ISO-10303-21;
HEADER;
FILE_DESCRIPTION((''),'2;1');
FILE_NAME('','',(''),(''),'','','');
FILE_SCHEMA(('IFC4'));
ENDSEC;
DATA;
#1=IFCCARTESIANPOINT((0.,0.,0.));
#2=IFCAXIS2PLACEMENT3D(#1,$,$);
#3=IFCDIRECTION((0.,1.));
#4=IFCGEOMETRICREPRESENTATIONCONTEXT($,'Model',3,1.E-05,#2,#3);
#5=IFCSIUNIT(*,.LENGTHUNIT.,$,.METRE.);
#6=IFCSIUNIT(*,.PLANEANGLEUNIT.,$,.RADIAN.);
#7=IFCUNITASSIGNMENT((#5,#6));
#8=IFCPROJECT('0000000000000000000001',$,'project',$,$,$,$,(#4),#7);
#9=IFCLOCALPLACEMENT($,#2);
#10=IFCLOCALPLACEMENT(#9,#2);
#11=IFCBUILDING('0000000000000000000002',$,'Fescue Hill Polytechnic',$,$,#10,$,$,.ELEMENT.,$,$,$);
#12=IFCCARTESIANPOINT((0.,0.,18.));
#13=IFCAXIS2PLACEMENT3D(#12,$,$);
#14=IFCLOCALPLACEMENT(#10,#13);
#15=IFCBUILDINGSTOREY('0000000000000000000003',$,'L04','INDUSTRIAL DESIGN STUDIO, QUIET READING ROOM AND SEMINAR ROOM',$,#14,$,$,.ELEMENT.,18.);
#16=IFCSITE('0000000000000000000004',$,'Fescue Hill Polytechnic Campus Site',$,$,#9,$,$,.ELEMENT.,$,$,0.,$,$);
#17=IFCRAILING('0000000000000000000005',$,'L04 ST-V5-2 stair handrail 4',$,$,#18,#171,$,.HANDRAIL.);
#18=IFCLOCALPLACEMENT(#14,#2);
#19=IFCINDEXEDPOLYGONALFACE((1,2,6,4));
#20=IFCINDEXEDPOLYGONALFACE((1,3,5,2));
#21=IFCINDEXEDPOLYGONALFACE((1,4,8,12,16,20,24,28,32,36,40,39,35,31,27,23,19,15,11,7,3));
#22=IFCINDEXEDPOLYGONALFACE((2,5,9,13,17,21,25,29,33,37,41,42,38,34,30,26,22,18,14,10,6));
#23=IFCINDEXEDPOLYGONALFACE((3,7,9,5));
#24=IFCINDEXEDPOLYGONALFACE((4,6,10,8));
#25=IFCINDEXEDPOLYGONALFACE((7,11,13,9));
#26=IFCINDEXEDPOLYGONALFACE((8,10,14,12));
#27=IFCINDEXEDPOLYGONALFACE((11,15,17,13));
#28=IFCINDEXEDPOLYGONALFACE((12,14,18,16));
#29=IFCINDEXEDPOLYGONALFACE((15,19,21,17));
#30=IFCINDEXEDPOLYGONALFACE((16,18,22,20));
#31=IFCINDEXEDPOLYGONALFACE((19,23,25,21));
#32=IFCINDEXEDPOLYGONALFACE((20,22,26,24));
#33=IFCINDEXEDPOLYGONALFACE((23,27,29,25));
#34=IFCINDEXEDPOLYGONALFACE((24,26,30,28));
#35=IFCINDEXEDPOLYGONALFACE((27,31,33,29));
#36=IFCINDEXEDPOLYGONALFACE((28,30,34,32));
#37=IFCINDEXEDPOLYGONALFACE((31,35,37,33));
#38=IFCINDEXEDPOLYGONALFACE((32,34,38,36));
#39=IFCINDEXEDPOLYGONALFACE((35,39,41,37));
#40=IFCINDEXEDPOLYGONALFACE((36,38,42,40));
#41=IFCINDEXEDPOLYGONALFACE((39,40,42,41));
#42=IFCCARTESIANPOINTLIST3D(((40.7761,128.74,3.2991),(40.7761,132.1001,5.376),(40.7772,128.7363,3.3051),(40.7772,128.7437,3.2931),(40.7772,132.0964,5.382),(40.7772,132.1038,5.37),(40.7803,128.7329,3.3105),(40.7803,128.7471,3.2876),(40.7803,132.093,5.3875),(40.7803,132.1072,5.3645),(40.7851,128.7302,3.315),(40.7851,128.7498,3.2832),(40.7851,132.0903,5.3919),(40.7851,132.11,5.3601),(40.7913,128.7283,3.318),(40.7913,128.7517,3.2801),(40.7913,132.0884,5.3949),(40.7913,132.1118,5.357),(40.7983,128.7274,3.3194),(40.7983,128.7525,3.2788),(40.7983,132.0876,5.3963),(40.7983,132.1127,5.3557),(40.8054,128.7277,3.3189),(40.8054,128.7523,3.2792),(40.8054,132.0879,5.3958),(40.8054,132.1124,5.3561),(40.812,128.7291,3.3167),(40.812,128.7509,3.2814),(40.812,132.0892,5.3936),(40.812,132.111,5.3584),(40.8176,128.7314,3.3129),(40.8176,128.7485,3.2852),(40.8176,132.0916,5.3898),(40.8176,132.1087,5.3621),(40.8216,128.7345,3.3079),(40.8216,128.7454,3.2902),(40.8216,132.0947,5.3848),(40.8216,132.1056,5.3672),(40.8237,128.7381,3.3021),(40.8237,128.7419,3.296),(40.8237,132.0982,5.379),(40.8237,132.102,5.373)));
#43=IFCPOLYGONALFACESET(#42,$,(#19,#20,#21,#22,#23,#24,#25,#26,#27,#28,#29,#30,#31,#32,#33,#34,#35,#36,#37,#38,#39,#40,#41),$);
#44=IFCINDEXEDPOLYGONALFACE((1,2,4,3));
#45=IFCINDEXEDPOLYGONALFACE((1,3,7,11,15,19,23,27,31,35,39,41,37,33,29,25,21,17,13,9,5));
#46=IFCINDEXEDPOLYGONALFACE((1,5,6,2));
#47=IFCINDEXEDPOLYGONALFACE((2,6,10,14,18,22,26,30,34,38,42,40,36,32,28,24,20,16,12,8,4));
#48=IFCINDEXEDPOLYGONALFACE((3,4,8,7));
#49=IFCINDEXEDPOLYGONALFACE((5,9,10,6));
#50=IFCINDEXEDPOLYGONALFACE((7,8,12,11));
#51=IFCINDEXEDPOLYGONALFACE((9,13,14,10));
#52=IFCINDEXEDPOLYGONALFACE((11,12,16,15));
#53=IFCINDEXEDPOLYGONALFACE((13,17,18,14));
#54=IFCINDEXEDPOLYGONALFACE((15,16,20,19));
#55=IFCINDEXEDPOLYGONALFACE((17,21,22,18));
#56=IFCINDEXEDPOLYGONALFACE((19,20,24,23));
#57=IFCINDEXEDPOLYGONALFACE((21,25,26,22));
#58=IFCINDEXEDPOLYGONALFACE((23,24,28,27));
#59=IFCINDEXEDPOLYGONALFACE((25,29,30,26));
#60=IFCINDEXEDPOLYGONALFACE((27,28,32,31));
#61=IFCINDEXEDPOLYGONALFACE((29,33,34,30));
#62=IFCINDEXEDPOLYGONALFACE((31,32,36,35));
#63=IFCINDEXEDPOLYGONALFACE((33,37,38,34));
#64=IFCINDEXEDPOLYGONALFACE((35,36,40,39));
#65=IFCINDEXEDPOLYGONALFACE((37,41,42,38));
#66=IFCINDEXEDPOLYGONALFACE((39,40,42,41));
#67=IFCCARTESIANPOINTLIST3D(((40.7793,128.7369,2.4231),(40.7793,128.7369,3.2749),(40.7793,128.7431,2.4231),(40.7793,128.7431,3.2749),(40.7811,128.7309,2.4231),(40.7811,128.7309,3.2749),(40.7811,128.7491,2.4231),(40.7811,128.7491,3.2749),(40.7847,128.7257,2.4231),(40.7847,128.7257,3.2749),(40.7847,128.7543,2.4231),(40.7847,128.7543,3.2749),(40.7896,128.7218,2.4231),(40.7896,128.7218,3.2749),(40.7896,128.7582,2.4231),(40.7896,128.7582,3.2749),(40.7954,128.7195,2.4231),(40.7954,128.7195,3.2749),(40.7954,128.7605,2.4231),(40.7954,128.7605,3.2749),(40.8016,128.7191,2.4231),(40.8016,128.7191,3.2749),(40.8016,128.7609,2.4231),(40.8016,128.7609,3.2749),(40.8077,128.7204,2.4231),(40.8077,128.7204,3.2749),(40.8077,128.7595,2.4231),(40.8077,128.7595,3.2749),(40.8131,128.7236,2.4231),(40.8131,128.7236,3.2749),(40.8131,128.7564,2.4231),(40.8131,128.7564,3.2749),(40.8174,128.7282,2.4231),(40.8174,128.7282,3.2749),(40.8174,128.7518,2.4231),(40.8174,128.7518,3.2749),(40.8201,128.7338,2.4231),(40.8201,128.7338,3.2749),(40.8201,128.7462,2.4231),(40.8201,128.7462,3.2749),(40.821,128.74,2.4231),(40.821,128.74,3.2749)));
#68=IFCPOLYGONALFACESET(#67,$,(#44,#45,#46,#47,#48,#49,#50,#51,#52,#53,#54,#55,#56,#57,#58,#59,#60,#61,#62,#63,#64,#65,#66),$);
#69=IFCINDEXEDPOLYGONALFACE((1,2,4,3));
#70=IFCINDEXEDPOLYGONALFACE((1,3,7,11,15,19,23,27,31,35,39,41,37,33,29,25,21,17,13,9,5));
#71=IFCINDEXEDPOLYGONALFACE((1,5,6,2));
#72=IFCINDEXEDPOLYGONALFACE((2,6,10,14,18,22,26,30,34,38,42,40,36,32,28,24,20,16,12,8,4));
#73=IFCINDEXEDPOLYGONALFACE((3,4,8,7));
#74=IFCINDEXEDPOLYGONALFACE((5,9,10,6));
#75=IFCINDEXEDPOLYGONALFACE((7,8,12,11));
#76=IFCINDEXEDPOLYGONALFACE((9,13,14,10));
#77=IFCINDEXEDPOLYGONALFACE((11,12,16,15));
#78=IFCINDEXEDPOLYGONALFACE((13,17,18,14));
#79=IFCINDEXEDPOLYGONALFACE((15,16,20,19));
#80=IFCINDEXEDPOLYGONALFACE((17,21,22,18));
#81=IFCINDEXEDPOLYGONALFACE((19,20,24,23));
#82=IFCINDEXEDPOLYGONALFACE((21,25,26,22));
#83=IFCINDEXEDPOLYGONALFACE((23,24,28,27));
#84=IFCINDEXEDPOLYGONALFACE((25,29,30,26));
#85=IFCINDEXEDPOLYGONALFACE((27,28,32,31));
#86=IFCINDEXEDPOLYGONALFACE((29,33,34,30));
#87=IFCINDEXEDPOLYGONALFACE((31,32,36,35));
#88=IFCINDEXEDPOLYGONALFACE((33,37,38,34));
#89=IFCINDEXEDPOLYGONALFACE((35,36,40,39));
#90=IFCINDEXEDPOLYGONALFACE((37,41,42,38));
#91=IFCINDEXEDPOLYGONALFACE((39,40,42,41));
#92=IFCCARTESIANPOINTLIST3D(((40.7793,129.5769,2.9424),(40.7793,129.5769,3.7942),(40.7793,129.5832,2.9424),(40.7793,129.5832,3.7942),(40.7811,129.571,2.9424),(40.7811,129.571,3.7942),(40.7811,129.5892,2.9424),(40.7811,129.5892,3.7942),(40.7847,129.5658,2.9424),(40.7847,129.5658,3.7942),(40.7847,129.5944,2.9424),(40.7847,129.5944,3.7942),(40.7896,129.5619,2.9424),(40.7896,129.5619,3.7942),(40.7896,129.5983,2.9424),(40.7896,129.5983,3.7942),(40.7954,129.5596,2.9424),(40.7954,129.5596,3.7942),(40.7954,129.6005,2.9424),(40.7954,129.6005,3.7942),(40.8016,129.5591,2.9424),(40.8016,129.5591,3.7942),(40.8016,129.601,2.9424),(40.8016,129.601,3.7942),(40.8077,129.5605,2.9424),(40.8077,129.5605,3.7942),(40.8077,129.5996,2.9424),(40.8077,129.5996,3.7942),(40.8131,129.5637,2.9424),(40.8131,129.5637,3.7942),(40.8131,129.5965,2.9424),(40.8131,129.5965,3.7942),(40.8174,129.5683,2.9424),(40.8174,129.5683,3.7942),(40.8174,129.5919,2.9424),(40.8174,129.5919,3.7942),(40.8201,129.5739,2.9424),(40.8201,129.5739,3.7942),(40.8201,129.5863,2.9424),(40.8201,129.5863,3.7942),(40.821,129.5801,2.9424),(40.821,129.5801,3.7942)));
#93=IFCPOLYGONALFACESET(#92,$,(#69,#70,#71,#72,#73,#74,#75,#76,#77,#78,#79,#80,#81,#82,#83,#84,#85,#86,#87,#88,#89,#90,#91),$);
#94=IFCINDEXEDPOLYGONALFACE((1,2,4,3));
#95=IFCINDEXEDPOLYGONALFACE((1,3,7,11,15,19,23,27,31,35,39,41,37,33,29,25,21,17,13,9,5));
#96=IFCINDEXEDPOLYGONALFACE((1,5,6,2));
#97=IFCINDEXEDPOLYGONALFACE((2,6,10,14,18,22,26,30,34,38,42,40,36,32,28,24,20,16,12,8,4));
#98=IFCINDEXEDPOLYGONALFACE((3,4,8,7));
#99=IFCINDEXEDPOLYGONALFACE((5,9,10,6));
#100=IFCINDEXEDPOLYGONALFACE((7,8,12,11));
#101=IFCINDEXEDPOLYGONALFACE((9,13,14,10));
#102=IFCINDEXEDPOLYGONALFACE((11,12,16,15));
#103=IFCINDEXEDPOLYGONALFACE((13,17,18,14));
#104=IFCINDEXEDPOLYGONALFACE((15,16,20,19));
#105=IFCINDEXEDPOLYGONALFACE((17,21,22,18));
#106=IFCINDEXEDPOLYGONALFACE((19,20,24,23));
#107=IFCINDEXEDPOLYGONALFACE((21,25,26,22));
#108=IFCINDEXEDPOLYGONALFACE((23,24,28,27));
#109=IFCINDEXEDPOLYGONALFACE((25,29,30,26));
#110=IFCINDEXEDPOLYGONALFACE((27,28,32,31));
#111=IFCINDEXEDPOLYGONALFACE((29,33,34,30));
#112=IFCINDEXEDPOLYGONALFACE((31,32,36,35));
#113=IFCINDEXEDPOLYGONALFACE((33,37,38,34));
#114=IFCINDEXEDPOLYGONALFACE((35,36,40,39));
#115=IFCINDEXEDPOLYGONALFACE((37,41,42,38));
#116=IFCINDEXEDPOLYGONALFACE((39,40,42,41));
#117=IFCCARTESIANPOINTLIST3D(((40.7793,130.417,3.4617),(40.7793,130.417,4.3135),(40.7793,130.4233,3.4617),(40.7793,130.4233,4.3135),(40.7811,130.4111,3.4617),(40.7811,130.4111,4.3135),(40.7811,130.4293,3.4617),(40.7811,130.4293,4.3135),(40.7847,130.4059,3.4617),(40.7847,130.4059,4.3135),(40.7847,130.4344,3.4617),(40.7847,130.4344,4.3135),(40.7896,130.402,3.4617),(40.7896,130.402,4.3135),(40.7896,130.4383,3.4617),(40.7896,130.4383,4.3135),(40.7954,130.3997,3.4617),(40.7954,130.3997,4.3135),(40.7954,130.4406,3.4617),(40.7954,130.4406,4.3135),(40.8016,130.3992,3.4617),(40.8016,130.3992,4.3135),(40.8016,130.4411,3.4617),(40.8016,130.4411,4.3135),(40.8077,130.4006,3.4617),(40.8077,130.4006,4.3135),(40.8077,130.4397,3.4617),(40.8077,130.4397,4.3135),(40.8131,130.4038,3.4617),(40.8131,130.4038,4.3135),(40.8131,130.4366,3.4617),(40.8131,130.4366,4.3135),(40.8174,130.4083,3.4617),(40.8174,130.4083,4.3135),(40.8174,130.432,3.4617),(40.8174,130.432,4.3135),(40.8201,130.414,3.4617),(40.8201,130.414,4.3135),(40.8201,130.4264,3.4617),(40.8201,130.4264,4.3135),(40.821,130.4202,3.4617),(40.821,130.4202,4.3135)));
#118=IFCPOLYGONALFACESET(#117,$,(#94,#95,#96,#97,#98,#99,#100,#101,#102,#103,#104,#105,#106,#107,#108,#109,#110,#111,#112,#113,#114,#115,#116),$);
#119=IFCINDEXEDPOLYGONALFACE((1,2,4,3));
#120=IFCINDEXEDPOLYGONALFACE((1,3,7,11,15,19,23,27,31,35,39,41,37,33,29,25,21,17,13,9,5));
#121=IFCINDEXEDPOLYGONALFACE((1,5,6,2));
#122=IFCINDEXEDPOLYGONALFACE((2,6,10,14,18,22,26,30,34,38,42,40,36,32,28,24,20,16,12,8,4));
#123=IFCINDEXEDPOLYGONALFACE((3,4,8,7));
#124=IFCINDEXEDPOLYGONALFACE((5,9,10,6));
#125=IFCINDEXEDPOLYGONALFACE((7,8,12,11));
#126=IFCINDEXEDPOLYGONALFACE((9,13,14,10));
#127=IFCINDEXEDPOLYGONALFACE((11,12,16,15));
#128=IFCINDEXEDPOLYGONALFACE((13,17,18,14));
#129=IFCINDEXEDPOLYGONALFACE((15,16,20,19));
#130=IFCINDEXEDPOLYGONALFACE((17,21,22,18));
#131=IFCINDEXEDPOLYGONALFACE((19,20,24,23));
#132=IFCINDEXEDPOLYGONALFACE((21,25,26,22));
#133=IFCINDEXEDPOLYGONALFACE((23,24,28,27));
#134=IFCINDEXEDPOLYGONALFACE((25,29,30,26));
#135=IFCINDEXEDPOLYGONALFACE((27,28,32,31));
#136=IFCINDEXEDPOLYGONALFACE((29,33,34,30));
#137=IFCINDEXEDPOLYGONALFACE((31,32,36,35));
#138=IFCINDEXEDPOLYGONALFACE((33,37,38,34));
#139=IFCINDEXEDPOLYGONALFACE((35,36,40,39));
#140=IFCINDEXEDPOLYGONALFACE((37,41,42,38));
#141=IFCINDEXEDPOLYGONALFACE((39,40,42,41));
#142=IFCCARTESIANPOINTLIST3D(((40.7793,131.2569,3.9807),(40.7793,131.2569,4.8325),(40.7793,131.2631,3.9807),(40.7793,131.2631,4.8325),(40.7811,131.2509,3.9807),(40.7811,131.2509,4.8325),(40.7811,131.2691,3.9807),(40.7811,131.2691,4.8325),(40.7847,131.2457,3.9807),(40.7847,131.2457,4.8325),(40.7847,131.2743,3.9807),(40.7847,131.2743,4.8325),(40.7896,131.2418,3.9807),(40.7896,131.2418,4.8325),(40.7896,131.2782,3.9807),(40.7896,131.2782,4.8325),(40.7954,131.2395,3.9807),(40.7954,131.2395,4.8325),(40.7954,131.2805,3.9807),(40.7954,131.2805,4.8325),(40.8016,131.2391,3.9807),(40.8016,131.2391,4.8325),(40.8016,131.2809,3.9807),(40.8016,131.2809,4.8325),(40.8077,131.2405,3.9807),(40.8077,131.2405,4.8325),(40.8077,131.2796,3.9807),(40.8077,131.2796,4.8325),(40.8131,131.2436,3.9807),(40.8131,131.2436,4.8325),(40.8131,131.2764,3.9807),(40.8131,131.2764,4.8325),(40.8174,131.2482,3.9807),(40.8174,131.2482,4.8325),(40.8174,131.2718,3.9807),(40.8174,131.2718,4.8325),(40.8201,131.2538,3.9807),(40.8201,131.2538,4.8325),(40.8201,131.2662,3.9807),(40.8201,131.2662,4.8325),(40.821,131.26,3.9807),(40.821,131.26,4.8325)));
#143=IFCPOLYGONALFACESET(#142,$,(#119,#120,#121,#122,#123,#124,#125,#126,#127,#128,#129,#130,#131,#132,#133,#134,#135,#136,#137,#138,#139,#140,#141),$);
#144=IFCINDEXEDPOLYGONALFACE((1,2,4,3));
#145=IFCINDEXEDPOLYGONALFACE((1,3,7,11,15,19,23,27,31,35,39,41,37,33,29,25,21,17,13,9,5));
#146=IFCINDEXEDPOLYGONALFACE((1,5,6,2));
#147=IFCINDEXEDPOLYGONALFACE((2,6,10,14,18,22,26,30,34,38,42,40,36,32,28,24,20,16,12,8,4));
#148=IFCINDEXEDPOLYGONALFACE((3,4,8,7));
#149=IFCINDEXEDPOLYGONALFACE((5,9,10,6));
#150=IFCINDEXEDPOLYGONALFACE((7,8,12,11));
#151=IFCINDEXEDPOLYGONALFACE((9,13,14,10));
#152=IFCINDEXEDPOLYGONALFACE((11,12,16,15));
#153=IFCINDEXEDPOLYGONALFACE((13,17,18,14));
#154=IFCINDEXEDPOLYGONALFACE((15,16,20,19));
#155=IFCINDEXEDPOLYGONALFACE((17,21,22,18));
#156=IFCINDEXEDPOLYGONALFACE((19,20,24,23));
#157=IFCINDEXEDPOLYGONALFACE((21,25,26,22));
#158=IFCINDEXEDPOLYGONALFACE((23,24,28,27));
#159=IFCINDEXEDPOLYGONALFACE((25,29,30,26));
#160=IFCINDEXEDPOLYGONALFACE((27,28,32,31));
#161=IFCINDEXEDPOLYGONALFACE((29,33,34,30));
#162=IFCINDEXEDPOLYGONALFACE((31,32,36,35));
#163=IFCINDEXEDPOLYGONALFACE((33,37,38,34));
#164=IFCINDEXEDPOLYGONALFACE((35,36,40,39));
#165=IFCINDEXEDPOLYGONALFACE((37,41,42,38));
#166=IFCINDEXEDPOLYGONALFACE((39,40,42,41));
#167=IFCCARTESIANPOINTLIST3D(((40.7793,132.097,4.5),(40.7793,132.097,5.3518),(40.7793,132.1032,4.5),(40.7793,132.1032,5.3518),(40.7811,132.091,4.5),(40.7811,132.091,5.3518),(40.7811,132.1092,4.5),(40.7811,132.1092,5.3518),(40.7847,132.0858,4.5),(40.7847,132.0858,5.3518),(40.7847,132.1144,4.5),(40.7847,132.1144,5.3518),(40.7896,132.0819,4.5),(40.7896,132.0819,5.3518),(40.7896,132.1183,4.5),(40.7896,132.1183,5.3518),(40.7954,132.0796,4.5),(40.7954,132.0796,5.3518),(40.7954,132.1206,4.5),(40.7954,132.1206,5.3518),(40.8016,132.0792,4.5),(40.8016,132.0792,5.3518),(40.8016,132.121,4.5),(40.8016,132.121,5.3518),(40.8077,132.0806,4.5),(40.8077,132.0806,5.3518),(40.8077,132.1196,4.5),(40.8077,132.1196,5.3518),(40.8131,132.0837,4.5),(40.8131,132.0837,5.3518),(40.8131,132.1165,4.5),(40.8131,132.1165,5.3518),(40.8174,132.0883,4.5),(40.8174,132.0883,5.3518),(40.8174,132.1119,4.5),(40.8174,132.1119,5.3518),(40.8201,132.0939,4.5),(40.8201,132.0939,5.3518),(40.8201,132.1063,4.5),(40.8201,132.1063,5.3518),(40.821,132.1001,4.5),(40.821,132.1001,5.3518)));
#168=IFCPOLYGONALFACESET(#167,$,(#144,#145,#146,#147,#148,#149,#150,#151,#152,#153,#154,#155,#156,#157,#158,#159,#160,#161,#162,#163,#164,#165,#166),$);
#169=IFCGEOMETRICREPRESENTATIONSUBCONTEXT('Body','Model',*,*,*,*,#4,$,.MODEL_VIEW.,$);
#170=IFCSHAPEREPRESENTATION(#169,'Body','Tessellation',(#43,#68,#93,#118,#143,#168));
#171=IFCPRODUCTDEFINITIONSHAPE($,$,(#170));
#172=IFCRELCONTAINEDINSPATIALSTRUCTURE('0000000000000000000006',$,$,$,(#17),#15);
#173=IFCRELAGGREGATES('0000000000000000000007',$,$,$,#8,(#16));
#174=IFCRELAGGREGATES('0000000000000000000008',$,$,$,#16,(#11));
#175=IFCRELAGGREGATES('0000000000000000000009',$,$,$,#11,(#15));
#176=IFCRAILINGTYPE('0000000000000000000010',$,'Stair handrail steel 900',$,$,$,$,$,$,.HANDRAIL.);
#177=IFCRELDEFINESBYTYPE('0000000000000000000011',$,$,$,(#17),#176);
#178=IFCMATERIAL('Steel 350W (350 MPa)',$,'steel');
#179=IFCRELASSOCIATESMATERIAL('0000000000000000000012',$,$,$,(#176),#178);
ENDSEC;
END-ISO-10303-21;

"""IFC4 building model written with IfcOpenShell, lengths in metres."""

from ifc_helpers import new_model, si_unit, direction, frame, origin, origin_2d, place, context, subcontext, project, spatial, circle, extrude, material, type_object, element, save


model = new_model("IFC4")

# Units and contexts
model_context = context("Model", 3, precision=1e-05, world=origin(), true_north=direction((0.0, 1.0)))
body_context = subcontext(model_context, "Body", "Model", "MODEL_VIEW")
ifc_project = project(units=[si_unit("LENGTHUNIT", "METRE"), si_unit("PLANEANGLEUNIT", "RADIAN")], contexts=[model_context])

# Site, building, storey
site_placement = place(None, origin())
site = spatial("IfcSite", under=ifc_project, at=site_placement, Name="Fescue Hill Polytechnic Campus Site", CompositionType="ELEMENT", RefElevation=0.0)
building_placement = place(site_placement, origin())
building = spatial("IfcBuilding", under=site, at=building_placement, Name="Fescue Hill Polytechnic", CompositionType="ELEMENT")
storey_placement = place(building_placement, frame((0.0, 0.0, 18.0)))
storey = spatial("IfcBuildingStorey", under=building, at=storey_placement, Name="L04", Description="INDUSTRIAL DESIGN STUDIO, QUIET READING ROOM AND SEMINAR ROOM", CompositionType="ELEMENT", Elevation=18.0)

# Railing
ifc_material_1 = material(Name="Steel 350W (350 MPa)", Category="steel")
railing_type_1 = type_object("IfcRailingType", Name="Stair handrail steel 900", PredefinedType="HANDRAIL", material=ifc_material_1)
railing_1_placement = place(storey_placement, frame((40.8, 128.74, 2.4231)))
element("IfcRailing", 1, at=railing_1_placement, inside=storey, type_object=railing_type_1, Name="L04 ST-V5-2 stair handrail 4", PredefinedType="HANDRAIL", context=body_context, shape_type="SweptSolid", body=[
    extrude(circle(Radius=0.0239, at=origin_2d()), frame((0.0, 0.0, 0.876), z_axis=(0.0, 0.850623, 0.525776), x_axis=(-1.0, 0.0, 0.0)), (0.0, 0.0, 1.0), 3.9502),
    extrude(circle(Radius=0.021, at=origin_2d()), origin(), (0.0, 0.0, 1.0), 0.8518),
    extrude(circle(Radius=0.021, at=origin_2d()), frame((0.0, 0.8401, 0.5193)), (0.0, 0.0, 1.0), 0.8518),
    extrude(circle(Radius=0.021, at=origin_2d()), frame((0.0, 1.6802, 1.0386)), (0.0, 0.0, 1.0), 0.8518),
    extrude(circle(Radius=0.021, at=origin_2d()), frame((0.0, 2.52, 1.5576)), (0.0, 0.0, 1.0), 0.8518),
    extrude(circle(Radius=0.021, at=origin_2d()), frame((0.0, 3.3601, 2.0769)), (0.0, 0.0, 1.0), 0.8518),
])

save(model, "model.ifc")
